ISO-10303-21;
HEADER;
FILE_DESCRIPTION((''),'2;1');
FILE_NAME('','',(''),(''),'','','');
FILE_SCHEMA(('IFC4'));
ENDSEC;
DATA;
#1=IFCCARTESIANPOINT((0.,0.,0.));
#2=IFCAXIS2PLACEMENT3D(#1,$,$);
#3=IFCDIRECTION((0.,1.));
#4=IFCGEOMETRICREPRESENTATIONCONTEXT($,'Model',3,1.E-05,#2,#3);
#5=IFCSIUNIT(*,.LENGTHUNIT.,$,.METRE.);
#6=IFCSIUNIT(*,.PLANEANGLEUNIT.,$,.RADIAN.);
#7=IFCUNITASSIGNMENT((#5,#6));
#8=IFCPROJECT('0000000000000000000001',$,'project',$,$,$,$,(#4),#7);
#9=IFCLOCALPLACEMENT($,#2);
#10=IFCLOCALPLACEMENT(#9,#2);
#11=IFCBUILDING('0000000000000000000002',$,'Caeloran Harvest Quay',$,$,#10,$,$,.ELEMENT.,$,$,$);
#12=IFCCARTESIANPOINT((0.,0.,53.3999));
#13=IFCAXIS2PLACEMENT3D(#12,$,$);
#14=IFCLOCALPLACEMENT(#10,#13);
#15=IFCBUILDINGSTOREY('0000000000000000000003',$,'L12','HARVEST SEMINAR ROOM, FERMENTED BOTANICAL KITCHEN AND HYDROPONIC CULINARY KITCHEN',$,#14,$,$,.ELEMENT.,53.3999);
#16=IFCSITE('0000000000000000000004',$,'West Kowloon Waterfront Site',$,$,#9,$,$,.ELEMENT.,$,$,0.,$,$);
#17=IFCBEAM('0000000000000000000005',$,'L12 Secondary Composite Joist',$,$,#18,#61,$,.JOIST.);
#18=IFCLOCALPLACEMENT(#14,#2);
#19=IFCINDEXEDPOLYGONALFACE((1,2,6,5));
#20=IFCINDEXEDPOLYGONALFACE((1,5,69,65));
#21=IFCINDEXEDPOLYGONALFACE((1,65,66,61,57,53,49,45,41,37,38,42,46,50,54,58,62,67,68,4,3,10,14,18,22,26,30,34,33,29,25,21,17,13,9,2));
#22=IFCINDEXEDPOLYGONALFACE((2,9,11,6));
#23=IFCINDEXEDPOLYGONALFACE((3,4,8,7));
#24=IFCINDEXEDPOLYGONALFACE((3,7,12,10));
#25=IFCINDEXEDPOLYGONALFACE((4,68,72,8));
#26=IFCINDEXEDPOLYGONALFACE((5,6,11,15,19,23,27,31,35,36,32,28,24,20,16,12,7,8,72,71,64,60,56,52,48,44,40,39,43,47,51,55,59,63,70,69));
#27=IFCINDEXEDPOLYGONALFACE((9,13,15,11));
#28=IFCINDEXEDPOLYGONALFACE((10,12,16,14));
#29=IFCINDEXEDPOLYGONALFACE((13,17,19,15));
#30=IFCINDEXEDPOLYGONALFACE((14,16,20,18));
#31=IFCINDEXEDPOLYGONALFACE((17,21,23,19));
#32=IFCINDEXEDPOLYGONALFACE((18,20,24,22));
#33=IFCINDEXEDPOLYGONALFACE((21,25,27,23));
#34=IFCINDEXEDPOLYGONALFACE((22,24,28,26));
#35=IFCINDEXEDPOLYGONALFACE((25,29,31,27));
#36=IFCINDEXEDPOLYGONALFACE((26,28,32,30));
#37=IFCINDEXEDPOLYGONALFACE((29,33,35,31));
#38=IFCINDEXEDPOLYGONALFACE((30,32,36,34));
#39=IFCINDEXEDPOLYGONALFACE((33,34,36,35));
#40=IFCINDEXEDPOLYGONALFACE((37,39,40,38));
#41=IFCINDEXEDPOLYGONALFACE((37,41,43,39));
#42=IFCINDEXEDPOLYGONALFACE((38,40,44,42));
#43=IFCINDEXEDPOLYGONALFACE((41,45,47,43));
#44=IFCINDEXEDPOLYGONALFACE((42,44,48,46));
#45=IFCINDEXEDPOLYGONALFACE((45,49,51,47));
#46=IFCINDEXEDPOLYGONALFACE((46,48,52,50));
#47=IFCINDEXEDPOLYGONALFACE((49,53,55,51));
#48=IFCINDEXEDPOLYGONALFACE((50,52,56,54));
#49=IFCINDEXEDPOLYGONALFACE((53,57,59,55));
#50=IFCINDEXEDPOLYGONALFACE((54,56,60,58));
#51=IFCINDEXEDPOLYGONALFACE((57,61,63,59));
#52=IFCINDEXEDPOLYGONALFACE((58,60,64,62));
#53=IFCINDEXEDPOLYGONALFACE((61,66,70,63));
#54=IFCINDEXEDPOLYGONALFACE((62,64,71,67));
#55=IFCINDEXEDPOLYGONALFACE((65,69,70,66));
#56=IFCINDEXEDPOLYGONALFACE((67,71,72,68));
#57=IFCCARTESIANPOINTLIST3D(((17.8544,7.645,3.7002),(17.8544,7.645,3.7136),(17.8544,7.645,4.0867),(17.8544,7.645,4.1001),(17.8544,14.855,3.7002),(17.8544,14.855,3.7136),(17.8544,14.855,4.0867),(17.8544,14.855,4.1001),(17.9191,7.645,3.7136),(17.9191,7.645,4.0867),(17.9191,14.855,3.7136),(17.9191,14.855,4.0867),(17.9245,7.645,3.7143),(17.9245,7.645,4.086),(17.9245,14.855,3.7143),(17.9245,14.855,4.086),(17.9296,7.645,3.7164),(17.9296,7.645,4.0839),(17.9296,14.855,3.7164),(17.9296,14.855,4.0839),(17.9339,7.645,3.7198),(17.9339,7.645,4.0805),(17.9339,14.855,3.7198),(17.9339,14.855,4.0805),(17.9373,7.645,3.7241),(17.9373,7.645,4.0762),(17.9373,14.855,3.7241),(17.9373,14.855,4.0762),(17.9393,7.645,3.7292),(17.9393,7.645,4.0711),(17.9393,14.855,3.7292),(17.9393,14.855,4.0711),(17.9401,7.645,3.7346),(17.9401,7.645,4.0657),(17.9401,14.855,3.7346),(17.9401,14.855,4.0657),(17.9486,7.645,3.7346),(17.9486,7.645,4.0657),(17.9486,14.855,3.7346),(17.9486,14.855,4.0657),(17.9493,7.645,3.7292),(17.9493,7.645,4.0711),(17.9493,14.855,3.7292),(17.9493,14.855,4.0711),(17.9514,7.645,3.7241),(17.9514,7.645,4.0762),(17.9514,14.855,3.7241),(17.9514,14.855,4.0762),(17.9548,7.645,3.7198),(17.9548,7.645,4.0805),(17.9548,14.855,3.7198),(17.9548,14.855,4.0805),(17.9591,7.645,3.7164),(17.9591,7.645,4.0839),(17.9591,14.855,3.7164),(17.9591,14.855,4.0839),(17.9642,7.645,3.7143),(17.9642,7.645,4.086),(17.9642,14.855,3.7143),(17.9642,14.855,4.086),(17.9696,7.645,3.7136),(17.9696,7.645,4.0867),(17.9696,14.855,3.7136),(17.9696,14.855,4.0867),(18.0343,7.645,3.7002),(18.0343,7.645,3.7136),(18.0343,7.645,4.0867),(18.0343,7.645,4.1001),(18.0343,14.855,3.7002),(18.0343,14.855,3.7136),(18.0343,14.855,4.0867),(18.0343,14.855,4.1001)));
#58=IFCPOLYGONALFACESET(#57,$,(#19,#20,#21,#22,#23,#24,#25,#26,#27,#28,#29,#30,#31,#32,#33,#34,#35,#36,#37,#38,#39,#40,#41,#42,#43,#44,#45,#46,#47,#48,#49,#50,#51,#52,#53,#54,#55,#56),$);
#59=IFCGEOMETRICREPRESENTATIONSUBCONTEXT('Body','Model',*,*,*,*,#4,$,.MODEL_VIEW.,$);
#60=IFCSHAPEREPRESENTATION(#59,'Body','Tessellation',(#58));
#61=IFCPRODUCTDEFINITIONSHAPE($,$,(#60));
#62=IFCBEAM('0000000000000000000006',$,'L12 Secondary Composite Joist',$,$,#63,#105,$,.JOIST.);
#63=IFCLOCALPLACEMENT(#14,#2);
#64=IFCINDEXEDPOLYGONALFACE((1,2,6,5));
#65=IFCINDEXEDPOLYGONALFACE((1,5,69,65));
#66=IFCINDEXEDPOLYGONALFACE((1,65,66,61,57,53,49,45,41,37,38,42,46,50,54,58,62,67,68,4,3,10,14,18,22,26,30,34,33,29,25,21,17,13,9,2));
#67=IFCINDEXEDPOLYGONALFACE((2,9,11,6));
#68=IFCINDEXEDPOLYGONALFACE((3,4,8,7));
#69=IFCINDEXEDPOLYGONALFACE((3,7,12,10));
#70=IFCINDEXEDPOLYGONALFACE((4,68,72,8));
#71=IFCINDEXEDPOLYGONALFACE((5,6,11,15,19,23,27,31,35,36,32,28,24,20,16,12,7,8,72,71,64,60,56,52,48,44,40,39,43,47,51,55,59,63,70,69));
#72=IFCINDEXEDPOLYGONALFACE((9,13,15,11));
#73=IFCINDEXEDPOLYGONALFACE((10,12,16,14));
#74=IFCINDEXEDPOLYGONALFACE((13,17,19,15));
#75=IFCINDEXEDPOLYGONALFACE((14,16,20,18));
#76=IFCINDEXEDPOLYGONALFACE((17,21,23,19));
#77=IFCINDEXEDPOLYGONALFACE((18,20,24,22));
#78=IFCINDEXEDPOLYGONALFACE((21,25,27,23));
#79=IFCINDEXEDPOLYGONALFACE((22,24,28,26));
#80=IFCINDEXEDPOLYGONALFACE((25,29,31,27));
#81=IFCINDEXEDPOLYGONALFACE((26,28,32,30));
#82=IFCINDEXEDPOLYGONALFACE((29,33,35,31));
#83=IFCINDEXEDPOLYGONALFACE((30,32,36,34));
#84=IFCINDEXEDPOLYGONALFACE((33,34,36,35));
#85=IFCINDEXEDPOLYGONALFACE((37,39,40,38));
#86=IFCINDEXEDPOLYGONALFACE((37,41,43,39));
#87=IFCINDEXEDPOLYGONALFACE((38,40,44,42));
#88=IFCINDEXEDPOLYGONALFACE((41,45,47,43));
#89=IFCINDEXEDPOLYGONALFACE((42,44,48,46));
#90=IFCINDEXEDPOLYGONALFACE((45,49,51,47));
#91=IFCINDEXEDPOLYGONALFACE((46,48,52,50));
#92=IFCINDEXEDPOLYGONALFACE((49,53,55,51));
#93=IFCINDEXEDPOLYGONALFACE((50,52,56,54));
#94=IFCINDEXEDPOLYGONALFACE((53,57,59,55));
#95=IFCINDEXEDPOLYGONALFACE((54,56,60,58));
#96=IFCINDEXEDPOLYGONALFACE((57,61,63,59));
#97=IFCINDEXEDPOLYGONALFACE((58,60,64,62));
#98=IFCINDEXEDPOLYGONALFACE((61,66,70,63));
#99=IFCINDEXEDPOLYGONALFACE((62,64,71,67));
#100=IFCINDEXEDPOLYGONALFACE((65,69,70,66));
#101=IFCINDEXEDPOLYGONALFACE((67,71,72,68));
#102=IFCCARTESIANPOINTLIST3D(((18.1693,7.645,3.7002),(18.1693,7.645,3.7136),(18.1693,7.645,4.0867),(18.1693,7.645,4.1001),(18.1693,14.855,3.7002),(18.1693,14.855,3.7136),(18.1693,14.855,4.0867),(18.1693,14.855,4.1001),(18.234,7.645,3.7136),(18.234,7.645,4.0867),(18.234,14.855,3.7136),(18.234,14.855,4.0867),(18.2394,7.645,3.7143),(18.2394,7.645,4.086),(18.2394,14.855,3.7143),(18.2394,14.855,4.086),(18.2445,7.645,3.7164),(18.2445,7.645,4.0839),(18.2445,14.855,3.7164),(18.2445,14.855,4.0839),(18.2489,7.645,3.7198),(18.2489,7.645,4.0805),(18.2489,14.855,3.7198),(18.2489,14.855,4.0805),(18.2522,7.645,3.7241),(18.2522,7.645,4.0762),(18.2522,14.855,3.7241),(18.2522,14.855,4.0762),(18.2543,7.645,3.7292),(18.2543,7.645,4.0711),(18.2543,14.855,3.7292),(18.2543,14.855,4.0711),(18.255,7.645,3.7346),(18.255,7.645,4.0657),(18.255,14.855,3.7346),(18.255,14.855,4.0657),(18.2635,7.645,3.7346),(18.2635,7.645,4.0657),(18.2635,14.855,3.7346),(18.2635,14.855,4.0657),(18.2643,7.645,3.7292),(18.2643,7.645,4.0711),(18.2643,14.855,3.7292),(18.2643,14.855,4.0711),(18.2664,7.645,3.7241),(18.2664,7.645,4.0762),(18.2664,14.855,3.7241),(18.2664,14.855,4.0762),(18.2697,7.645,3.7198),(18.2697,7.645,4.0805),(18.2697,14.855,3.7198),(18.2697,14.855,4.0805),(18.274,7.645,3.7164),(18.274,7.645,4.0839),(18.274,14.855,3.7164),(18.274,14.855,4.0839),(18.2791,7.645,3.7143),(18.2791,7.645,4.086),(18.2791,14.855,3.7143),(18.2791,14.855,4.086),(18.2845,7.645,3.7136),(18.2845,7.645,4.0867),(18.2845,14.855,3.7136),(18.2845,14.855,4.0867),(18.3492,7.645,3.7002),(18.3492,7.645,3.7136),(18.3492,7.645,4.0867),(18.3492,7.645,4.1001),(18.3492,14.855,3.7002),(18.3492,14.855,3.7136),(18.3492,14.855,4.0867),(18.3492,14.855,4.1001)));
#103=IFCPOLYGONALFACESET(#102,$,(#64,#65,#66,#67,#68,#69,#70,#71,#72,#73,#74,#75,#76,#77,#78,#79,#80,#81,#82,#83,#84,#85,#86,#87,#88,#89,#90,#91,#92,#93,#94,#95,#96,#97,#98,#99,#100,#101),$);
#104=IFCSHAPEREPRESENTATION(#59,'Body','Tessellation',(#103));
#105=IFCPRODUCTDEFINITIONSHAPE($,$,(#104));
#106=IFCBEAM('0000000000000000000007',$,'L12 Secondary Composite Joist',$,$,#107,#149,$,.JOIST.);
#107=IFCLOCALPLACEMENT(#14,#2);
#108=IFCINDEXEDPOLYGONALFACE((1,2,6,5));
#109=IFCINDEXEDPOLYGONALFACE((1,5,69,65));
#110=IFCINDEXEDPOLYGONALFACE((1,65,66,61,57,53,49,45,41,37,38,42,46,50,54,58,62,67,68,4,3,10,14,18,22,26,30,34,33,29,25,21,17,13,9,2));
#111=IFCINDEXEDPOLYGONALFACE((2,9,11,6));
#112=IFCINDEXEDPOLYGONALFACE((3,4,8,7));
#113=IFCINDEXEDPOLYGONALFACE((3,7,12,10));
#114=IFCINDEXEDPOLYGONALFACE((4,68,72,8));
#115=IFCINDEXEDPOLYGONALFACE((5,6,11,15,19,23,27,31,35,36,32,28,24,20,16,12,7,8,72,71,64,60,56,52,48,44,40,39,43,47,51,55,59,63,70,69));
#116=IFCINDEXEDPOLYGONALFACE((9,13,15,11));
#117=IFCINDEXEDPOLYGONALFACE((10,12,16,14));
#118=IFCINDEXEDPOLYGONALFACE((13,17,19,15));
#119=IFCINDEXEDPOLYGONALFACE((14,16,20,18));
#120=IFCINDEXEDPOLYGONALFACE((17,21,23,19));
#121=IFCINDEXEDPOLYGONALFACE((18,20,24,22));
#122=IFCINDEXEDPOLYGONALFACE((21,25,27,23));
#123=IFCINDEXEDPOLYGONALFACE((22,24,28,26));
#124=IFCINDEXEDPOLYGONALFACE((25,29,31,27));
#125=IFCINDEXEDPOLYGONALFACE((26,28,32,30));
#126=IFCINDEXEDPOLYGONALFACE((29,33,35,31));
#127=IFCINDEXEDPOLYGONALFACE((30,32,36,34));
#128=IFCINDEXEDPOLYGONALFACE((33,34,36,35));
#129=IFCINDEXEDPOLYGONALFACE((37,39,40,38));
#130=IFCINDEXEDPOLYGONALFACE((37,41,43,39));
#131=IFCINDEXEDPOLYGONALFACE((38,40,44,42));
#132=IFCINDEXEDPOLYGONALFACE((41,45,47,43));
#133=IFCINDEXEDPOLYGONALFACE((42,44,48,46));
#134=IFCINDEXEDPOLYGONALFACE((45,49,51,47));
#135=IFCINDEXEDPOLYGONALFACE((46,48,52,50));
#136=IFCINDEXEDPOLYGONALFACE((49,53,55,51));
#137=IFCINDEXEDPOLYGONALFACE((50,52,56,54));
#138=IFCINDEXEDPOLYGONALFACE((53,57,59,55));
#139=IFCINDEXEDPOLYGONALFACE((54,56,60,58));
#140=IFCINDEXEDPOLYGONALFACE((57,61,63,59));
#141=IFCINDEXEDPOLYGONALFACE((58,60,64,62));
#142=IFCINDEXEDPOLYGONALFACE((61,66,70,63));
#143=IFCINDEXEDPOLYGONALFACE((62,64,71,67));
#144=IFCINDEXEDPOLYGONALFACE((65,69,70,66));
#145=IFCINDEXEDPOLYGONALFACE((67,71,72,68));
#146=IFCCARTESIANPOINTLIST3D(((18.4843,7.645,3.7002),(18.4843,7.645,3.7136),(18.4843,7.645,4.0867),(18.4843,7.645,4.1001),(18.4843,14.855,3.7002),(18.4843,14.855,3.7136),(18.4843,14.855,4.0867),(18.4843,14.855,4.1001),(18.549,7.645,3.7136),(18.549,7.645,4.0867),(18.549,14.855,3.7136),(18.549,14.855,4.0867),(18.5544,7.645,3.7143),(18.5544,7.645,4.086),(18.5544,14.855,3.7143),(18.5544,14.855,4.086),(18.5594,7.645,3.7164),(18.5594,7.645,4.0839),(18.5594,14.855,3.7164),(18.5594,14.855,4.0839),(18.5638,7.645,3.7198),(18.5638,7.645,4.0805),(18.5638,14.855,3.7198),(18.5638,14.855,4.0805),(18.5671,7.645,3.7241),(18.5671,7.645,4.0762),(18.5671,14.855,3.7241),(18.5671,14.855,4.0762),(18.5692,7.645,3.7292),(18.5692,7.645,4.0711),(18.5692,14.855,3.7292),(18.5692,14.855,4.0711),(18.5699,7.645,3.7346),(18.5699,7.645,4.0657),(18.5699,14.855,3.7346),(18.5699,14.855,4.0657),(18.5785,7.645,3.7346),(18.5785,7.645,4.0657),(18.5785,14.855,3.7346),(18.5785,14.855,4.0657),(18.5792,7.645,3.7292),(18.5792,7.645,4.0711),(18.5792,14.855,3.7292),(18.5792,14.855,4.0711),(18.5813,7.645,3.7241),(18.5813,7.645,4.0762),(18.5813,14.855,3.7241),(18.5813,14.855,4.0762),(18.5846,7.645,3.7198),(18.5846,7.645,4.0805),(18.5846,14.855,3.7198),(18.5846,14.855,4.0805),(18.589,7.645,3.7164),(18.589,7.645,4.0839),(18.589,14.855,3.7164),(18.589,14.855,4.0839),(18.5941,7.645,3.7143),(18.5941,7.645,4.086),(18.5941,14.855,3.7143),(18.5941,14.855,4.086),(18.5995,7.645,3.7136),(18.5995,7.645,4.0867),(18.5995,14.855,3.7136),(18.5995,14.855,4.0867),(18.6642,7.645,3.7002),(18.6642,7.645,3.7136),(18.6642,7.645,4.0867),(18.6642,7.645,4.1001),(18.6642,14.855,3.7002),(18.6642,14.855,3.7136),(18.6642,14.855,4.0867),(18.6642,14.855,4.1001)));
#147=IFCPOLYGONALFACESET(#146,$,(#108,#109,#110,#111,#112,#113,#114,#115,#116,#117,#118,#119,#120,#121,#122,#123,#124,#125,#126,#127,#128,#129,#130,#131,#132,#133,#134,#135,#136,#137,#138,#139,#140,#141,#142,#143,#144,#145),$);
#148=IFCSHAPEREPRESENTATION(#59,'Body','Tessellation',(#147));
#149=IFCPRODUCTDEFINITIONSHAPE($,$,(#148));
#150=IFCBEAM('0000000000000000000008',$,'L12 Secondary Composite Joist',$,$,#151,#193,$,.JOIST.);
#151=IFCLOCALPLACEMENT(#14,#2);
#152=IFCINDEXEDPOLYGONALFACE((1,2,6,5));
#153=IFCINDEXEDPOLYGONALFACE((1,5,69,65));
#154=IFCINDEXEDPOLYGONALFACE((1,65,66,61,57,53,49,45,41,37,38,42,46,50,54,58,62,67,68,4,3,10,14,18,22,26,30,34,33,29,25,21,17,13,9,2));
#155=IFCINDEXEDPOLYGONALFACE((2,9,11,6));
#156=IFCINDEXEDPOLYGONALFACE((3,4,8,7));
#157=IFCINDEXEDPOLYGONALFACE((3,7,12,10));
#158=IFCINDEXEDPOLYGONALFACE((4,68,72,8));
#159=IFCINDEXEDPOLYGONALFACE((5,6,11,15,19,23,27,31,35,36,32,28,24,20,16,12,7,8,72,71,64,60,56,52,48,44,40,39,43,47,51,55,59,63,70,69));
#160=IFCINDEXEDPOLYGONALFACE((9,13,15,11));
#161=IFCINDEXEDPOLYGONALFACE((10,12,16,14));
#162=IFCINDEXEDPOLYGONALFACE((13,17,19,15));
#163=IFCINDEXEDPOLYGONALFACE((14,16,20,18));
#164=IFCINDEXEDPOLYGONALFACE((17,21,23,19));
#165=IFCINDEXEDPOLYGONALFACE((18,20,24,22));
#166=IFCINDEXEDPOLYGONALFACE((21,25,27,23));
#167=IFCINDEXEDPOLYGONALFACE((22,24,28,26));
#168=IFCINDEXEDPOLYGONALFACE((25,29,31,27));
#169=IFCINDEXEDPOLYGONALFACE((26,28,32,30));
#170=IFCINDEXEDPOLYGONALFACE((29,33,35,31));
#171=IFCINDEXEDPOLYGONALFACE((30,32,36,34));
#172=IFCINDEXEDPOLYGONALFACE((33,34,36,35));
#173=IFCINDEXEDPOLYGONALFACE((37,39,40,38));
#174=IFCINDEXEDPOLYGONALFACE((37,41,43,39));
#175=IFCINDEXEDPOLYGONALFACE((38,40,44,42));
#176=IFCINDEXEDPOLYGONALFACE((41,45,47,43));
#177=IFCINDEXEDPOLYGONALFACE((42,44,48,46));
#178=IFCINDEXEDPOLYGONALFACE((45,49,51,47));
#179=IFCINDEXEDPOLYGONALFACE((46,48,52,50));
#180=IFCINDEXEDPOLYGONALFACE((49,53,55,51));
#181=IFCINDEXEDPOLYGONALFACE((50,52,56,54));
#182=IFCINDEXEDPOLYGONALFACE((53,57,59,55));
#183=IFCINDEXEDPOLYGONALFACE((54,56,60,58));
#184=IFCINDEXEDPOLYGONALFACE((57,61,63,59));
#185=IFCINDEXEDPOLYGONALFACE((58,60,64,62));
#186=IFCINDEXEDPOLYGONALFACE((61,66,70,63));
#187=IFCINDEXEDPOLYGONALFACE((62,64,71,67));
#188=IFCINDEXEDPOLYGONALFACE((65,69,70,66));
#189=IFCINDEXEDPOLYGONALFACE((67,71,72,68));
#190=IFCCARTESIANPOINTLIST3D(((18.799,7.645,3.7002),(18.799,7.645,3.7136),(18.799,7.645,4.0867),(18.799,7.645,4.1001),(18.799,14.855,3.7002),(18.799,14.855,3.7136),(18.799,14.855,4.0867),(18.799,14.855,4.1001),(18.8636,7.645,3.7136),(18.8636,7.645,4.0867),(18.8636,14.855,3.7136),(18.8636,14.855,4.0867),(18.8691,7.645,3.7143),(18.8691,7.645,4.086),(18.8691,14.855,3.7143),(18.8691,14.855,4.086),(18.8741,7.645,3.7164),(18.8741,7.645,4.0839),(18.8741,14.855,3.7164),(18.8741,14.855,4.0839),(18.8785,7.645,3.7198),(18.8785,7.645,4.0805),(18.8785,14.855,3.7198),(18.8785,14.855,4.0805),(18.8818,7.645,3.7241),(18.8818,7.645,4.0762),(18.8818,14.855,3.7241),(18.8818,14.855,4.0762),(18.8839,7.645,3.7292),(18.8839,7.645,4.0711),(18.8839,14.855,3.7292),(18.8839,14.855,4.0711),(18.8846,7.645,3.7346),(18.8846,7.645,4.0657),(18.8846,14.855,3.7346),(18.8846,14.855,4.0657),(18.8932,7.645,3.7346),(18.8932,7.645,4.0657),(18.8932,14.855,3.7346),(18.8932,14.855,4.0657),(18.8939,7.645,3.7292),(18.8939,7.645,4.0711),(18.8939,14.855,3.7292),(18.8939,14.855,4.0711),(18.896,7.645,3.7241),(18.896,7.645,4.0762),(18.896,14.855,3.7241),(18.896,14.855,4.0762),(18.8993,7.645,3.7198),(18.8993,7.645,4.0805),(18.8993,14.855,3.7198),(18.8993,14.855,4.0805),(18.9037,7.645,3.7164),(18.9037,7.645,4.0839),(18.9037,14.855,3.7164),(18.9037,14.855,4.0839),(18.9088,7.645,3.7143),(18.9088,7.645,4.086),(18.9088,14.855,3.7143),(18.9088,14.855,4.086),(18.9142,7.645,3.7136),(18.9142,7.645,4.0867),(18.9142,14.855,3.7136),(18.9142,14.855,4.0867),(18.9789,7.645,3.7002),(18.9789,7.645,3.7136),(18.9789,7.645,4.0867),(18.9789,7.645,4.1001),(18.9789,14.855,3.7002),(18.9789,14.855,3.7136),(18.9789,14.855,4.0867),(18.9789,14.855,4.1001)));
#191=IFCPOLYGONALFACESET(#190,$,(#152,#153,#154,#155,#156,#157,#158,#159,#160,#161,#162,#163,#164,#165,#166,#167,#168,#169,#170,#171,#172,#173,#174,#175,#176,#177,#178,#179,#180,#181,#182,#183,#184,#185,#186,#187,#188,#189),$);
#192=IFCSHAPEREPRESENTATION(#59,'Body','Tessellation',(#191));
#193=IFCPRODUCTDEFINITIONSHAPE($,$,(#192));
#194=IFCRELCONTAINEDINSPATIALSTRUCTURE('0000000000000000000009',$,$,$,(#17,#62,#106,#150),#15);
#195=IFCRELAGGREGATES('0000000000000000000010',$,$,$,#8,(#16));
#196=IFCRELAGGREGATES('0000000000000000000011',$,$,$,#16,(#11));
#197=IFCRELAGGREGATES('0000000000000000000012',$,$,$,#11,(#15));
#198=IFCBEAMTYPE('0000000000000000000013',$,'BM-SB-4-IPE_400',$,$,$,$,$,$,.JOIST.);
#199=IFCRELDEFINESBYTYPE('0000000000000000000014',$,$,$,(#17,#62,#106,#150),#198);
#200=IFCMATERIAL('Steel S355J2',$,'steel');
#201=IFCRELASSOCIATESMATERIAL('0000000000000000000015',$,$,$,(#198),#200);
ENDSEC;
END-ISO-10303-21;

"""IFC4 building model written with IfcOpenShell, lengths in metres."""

from ifc_helpers import new_model, si_unit, direction, frame, origin, origin_2d, place, context, subcontext, project, spatial, i_section, extrude, material, material_profile, profile_set, type_object, element, save


model = new_model("IFC4")

# Units and contexts
model_context = context("Model", 3, precision=1e-05, world=origin(), true_north=direction((0.0, 1.0)))
body_context = subcontext(model_context, "Body", "Model", "MODEL_VIEW")
ifc_project = project(units=[si_unit("LENGTHUNIT", "METRE"), si_unit("PLANEANGLEUNIT", "RADIAN")], contexts=[model_context])

# Site, building, storey
site_placement = place(None, origin())
site = spatial("IfcSite", under=ifc_project, at=site_placement, Name="West Kowloon Waterfront Site", CompositionType="ELEMENT", RefElevation=0.0)
building_placement = place(site_placement, origin())
building = spatial("IfcBuilding", under=site, at=building_placement, Name="Caeloran Harvest Quay", CompositionType="ELEMENT")
storey_placement = place(building_placement, frame((0.0, 0.0, 53.3999)))
storey = spatial("IfcBuildingStorey", under=building, at=storey_placement, Name="L12", Description="HARVEST SEMINAR ROOM, FERMENTED BOTANICAL KITCHEN AND HYDROPONIC CULINARY KITCHEN", CompositionType="ELEMENT", Elevation=53.3999)

# Beams
ifc_material = material(Name="Steel S355J2", Category="steel")
ifc_material_profile_1 = material_profile(ifc_material, i_section(OverallWidth=0.1799, OverallDepth=0.3999, WebThickness=0.0085, FlangeThickness=0.0134, FilletRadius=0.021, at=origin_2d()), Name="IPE 400")
ifc_profile_set_1 = profile_set([ifc_material_profile_1], Name="Steel S355J2")
beam_type_1 = type_object("IfcBeamType", Name="BM-SB-4-IPE_400", PredefinedType="JOIST", material=ifc_profile_set_1)
for number, where, z_axis, x_axis, name in (
    (1, (17.9443, 7.645, 3.9001), (0.0, 1.0, 0.0), (-1.0, 0.0, 0.0), "L12 Secondary Composite Joist"),
    (2, (18.2593, 7.645, 3.9001), (0.0, 1.0, 0.0), (-1.0, 0.0, 0.0), "L12 Secondary Composite Joist"),
    (3, (18.5742, 7.645, 3.9001), (0.0, 1.0, 0.0), (-1.0, 0.0, 0.0), "L12 Secondary Composite Joist"),
    (4, (18.8889, 7.645, 3.9001), (0.0, 1.0, 0.0), (-1.0, 0.0, 0.0), "L12 Secondary Composite Joist"),
):
    element("IfcBeam", number, at=place(storey_placement, frame(where, z_axis=z_axis, x_axis=x_axis)), inside=storey, type_object=beam_type_1, Name=name, PredefinedType="JOIST", context=body_context, shape_type="SweptSolid", body=[
        extrude(i_section(OverallWidth=0.1799, OverallDepth=0.3999, WebThickness=0.0085, FlangeThickness=0.0134, FilletRadius=0.021, at=origin_2d()), origin(), (0.0, 0.0, 1.0), 7.21),
    ])

save(model, "model.ifc")
